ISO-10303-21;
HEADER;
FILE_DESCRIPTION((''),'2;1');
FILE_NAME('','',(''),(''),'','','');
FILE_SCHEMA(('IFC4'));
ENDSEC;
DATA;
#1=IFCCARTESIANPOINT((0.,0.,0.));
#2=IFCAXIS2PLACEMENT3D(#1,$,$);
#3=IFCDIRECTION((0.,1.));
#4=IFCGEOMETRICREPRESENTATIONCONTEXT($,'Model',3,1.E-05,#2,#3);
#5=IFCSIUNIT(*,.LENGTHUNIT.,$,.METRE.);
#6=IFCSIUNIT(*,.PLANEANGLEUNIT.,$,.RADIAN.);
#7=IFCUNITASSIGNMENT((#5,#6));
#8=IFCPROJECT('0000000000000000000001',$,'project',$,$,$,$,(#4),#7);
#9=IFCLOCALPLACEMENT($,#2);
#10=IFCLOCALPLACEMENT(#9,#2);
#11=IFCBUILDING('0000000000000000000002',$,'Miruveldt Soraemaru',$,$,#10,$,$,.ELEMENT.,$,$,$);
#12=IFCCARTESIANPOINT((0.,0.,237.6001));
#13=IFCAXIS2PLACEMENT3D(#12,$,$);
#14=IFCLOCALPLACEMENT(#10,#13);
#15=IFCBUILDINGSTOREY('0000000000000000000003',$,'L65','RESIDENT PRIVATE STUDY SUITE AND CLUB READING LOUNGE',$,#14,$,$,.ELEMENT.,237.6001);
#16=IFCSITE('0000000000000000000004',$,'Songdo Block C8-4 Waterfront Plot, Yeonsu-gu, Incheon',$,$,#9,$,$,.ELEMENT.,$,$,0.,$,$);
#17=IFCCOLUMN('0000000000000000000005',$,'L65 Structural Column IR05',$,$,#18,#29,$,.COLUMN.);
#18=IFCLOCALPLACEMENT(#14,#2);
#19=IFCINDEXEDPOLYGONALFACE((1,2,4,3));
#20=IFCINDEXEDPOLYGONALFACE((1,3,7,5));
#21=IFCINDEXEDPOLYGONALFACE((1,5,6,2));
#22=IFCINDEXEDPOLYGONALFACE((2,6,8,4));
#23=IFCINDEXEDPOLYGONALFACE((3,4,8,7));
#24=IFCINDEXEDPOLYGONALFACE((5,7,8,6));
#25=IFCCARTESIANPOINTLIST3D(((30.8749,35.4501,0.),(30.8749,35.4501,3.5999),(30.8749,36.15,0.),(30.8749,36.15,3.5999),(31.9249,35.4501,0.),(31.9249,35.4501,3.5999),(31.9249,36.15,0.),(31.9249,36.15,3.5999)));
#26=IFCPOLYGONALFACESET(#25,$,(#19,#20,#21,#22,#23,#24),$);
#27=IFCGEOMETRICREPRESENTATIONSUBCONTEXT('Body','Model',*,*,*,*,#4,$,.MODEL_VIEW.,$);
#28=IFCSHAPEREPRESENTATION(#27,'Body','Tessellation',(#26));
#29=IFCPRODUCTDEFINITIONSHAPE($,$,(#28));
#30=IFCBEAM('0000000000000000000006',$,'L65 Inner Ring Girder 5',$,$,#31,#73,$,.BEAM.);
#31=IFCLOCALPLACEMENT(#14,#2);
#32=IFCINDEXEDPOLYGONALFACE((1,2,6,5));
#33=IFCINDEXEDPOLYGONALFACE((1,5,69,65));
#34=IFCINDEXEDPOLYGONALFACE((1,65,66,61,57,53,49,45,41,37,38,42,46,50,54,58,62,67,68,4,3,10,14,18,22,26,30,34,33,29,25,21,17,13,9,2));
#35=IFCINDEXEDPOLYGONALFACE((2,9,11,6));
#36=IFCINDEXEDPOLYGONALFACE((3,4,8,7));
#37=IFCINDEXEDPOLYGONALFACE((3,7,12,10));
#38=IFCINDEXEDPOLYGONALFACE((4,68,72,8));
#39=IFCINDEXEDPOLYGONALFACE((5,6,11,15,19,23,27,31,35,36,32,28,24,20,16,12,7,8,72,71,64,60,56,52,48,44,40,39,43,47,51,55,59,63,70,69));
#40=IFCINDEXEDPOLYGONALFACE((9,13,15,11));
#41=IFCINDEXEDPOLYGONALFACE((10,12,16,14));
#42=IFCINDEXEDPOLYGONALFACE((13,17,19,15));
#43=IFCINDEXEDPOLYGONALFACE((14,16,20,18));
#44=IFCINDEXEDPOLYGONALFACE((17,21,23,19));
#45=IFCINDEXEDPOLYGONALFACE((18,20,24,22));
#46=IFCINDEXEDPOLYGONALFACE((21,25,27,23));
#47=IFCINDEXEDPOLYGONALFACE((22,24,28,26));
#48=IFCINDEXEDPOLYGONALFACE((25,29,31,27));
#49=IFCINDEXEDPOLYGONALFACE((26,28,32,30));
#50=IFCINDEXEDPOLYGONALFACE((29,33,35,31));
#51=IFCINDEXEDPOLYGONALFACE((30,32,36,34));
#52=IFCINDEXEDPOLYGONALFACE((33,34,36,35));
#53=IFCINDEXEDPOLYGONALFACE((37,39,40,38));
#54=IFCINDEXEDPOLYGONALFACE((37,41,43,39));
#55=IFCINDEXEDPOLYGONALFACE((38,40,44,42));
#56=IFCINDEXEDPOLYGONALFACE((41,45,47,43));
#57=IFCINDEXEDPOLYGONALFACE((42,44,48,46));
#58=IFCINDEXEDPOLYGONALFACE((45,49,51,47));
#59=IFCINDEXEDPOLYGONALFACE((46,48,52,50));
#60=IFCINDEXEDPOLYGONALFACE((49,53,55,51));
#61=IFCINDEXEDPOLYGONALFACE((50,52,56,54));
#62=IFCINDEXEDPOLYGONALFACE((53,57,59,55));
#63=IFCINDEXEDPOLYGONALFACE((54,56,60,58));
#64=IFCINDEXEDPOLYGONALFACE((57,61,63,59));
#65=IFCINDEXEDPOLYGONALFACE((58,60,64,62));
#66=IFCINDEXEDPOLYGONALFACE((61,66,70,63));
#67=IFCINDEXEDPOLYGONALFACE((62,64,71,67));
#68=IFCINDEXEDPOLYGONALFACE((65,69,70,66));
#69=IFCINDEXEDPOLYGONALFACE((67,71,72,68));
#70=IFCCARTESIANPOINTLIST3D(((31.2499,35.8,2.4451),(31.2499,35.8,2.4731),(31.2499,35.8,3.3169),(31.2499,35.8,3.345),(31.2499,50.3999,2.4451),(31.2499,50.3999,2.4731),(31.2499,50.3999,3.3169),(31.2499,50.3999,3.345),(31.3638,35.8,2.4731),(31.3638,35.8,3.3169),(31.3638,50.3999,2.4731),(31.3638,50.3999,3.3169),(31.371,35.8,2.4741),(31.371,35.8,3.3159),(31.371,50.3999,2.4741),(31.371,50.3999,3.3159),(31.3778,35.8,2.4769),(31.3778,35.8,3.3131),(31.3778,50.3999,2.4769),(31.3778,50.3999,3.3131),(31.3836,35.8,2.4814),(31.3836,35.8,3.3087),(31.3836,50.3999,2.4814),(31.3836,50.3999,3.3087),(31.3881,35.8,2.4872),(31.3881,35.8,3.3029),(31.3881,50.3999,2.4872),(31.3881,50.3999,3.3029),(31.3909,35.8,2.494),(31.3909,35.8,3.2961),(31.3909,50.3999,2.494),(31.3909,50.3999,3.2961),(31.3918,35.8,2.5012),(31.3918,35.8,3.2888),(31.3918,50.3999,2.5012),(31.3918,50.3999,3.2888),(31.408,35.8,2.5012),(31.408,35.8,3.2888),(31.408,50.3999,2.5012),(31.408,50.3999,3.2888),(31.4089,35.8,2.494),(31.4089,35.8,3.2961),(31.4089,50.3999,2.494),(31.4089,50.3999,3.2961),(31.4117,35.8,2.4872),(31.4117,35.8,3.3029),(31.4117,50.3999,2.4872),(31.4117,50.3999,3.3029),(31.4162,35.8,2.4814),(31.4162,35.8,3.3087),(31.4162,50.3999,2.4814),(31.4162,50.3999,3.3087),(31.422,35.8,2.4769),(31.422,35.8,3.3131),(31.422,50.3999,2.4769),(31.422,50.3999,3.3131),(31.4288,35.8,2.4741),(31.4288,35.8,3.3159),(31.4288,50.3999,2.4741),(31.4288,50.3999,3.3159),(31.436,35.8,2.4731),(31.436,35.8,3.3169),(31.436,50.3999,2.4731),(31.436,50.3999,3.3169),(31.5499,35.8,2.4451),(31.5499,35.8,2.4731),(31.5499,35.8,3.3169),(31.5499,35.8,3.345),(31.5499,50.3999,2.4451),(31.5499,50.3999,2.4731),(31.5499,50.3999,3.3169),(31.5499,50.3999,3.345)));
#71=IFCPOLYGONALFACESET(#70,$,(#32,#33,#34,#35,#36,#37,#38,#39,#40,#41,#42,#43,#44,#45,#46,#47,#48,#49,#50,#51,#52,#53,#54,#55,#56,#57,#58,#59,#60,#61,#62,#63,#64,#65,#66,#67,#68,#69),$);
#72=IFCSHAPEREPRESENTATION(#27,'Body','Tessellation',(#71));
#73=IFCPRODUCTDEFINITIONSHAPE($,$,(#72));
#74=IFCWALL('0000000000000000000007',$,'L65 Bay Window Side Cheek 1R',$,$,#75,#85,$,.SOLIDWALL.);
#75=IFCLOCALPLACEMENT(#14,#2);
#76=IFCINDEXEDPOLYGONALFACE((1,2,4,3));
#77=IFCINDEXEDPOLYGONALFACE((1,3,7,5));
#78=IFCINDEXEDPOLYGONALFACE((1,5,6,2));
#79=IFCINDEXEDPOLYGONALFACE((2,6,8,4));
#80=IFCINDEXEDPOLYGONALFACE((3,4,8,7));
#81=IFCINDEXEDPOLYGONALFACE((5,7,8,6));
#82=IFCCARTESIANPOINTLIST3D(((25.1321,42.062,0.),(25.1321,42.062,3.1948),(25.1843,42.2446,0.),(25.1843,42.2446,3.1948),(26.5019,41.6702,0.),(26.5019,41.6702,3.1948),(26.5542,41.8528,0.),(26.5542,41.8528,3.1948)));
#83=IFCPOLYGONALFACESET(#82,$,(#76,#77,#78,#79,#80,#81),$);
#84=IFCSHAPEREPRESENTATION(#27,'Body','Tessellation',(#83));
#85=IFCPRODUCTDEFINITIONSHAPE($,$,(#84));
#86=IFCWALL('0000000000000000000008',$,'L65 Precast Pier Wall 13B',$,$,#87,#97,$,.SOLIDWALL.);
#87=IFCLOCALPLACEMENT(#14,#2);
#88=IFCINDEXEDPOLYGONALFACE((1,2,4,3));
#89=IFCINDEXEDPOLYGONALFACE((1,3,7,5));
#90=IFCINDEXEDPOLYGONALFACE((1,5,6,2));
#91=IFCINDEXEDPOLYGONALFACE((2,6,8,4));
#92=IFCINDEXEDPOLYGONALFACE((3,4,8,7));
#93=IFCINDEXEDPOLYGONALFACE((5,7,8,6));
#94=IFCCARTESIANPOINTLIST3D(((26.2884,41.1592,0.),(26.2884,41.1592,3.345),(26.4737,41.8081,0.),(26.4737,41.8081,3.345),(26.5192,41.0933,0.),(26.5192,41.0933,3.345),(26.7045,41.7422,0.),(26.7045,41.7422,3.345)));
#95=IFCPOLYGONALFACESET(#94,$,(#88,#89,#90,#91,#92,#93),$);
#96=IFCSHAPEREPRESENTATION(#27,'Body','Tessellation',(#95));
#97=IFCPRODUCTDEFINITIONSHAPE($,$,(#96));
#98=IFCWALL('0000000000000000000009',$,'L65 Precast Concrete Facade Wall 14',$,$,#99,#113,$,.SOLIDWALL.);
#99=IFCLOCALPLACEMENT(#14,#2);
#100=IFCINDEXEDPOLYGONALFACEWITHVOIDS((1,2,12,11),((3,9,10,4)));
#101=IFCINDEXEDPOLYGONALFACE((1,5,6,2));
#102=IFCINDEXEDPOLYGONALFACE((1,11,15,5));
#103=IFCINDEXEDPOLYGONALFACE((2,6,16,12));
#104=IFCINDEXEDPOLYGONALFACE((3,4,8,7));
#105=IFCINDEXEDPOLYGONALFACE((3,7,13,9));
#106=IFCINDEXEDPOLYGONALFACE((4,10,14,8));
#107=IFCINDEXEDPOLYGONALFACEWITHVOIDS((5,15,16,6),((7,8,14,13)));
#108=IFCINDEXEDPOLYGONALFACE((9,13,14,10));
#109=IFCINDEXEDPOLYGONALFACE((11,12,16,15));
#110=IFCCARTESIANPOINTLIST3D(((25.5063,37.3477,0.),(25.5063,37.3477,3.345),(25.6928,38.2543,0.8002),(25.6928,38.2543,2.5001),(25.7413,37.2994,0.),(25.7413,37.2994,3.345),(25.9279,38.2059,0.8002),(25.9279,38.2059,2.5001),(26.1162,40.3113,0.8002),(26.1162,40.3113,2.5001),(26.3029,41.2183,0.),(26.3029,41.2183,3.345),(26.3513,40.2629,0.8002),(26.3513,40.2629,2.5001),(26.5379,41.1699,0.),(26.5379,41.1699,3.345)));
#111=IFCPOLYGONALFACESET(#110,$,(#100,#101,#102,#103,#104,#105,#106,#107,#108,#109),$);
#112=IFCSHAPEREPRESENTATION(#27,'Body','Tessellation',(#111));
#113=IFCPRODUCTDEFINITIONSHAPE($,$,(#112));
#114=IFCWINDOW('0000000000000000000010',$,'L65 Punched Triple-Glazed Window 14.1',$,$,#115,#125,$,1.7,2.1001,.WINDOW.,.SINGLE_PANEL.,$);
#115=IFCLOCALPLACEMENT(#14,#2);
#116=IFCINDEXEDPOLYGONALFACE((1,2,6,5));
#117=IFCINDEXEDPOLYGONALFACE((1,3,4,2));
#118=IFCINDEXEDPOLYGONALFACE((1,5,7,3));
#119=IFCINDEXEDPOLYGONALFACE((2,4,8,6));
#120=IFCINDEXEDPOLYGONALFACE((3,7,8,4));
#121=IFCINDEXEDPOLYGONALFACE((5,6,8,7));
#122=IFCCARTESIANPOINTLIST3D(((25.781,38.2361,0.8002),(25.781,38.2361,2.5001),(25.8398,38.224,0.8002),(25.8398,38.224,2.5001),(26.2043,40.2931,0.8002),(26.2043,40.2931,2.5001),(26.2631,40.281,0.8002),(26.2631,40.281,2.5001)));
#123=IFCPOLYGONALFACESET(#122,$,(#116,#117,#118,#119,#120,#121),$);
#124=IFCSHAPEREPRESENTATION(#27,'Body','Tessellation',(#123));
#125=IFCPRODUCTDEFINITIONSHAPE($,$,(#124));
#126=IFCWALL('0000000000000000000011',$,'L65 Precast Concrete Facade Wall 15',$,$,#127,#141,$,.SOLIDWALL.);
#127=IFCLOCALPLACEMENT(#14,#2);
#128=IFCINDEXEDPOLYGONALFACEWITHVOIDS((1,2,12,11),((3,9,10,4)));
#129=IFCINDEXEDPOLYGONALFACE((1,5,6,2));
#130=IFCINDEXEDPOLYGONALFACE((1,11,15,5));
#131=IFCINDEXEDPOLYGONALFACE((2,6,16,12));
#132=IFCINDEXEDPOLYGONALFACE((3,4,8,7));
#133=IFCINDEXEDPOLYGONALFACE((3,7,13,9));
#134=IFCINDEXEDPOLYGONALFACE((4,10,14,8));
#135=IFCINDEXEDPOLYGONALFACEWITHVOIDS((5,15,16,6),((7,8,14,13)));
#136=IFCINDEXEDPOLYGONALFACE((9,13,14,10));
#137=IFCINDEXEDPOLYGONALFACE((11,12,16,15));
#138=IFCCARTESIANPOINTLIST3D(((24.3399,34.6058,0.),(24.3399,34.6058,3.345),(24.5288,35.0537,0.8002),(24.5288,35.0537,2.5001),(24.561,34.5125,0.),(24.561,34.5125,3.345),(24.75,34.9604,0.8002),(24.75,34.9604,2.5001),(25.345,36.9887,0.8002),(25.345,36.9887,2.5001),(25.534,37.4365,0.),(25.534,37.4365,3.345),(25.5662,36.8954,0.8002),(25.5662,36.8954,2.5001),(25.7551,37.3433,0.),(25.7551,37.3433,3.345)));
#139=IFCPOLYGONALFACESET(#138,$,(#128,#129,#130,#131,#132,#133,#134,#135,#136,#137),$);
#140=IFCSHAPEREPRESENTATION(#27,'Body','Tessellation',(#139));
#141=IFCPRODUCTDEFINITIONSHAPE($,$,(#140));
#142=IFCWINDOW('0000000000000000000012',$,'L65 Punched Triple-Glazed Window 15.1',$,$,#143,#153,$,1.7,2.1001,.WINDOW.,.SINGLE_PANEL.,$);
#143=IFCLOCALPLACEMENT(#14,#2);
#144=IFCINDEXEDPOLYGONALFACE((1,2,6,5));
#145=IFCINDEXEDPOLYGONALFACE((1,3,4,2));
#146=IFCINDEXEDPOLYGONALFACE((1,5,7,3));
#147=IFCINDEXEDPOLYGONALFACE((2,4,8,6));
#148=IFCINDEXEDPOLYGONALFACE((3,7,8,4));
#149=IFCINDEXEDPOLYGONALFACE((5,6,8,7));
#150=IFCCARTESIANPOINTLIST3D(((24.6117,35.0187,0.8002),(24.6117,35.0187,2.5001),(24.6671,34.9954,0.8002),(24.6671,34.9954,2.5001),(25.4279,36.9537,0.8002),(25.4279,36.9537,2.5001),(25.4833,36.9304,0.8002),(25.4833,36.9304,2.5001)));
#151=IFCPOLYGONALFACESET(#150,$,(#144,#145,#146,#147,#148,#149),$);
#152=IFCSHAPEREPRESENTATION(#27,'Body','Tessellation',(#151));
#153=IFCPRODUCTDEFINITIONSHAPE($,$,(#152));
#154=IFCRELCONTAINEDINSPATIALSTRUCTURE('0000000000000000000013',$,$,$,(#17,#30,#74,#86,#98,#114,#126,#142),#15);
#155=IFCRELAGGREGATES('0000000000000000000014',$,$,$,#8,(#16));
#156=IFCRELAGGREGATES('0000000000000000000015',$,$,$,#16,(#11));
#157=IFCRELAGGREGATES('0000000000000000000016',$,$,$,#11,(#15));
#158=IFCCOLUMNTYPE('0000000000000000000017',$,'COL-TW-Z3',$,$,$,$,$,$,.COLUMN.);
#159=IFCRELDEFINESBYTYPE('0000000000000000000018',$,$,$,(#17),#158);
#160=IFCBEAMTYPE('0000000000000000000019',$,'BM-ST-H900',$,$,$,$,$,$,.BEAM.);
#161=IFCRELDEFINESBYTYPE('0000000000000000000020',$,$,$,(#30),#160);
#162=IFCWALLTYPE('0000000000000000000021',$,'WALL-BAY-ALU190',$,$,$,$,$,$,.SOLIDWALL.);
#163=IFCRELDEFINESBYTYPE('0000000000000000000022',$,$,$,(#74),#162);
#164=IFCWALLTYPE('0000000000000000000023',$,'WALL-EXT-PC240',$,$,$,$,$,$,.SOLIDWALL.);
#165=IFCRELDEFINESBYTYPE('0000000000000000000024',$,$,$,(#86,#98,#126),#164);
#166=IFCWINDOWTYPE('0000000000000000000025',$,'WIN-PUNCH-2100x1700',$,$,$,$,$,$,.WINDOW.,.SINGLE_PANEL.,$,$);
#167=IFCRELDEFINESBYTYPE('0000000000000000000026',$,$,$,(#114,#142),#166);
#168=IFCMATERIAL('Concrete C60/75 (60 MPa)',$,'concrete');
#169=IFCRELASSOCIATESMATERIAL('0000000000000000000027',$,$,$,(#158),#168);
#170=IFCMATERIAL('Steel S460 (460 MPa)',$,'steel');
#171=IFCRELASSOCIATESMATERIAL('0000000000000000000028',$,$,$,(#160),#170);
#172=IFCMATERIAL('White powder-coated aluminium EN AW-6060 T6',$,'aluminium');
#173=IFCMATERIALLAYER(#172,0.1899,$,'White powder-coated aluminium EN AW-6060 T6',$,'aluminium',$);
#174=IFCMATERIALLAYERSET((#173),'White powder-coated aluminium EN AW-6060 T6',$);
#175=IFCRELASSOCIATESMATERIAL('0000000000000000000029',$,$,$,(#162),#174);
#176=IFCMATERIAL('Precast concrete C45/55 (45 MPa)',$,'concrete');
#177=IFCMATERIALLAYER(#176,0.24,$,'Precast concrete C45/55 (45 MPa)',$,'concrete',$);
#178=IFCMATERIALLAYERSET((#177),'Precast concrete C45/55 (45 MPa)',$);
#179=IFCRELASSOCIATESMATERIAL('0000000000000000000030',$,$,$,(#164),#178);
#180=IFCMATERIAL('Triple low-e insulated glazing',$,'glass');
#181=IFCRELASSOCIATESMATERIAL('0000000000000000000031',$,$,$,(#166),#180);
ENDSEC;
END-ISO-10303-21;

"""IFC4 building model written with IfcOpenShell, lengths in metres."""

from ifc_helpers import new_model, si_unit, direction, frame, frame_2d, origin, origin_2d, place, context, subcontext, project, spatial, rectangle, i_section, extrude, material, layer, layer_set, material_profile, profile_set, type_object, element, fill, save


model = new_model("IFC4")

# Units and contexts
model_context = context("Model", 3, precision=1e-05, world=origin(), true_north=direction((0.0, 1.0)))
body_context = subcontext(model_context, "Body", "Model", "MODEL_VIEW")
ifc_project = project(units=[si_unit("LENGTHUNIT", "METRE"), si_unit("PLANEANGLEUNIT", "RADIAN")], contexts=[model_context])

# Site, building, storey
site_placement = place(None, origin())
site = spatial("IfcSite", under=ifc_project, at=site_placement, Name="Songdo Block C8-4 Waterfront Plot, Yeonsu-gu, Incheon", CompositionType="ELEMENT", RefElevation=0.0)
building_placement = place(site_placement, origin())
building = spatial("IfcBuilding", under=site, at=building_placement, Name="Miruveldt Soraemaru", CompositionType="ELEMENT")
storey_placement = place(building_placement, frame((0.0, 0.0, 237.6001)))
storey = spatial("IfcBuildingStorey", under=building, at=storey_placement, Name="L65", Description="RESIDENT PRIVATE STUDY SUITE AND CLUB READING LOUNGE", CompositionType="ELEMENT", Elevation=237.6001)

# Column
ifc_material_1 = material(Name="Concrete C60/75 (60 MPa)", Category="concrete")
ifc_material_profile_1 = material_profile(ifc_material_1, rectangle(XDim=1.05, YDim=0.7, at=origin_2d()), Name="Concrete C60/75 (60 MPa)", Category="concrete")
ifc_profile_set_1 = profile_set([ifc_material_profile_1], Name="Concrete C60/75 (60 MPa)")
column_type = type_object("IfcColumnType", Name="COL-TW-Z3", PredefinedType="COLUMN", material=ifc_profile_set_1)
column_placement = place(storey_placement, frame((31.3999, 35.8, 0.0), z_axis=(0.0, 0.0, 1.0), x_axis=(1.0, 0.0, 0.0)))
element("IfcColumn", 1, at=column_placement, inside=storey, type_object=column_type, Name="L65 Structural Column IR05", PredefinedType="COLUMN", context=body_context, shape_type="SweptSolid", body=[
    extrude(rectangle(XDim=1.05, YDim=0.7, at=origin_2d()), origin(), (0.0, 0.0, 1.0), 3.5999),
])

# Beam
ifc_material_2 = material(Name="Steel S460 (460 MPa)", Category="steel")
ifc_material_profile_2 = material_profile(ifc_material_2, i_section(OverallWidth=0.3, OverallDepth=0.8999, WebThickness=0.0161, FlangeThickness=0.0281, FilletRadius=0.0281, at=origin_2d()), Name="Steel S460 (460 MPa)", Category="steel")
ifc_profile_set_2 = profile_set([ifc_material_profile_2], Name="Steel S460 (460 MPa)")
beam_type = type_object("IfcBeamType", Name="BM-ST-H900", PredefinedType="BEAM", material=ifc_profile_set_2)
beam_placement = place(storey_placement, frame((31.3999, 35.8, 2.895), z_axis=(0.0, 1.0, 0.0), x_axis=(-1.0, 0.0, 0.0)))
element("IfcBeam", 2, at=beam_placement, inside=storey, type_object=beam_type, Name="L65 Inner Ring Girder 5", PredefinedType="BEAM", context=body_context, shape_type="SweptSolid", body=[
    extrude(i_section(OverallWidth=0.3, OverallDepth=0.8999, WebThickness=0.0161, FlangeThickness=0.0281, FilletRadius=0.0281, at=origin_2d()), origin(), (0.0, 0.0, 1.0), 14.5999),
])

# Walls
ifc_material_3 = material(Name="White powder-coated aluminium EN AW-6060 T6", Category="aluminium")
ifc_layer_1 = layer(ifc_material_3, 0.1899, Name="White powder-coated aluminium EN AW-6060 T6", Category="aluminium")
ifc_layer_set_1 = layer_set([ifc_layer_1], Name="White powder-coated aluminium EN AW-6060 T6")
wall_type_1 = type_object("IfcWallType", Name="WALL-BAY-ALU190", PredefinedType="SOLIDWALL", material=ifc_layer_set_1)
wall_1_placement = place(storey_placement, frame((25.1582, 42.1533, 0.0), z_axis=(0.0, 0.0, 1.0), x_axis=(0.96144, -0.275015, 0.0)))
element("IfcWall", 3, at=wall_1_placement, inside=storey, type_object=wall_type_1, Name="L65 Bay Window Side Cheek 1R", PredefinedType="SOLIDWALL", context=body_context, shape_type="SweptSolid", body=[
    extrude(rectangle(XDim=1.4248, YDim=0.1899, at=frame_2d((0.7124, 0.0))), origin(), (0.0, 0.0, 1.0), 3.1948),
])
ifc_material_4 = material(Name="Precast concrete C45/55 (45 MPa)", Category="concrete")
ifc_layer_2 = layer(ifc_material_4, 0.24, Name="Precast concrete C45/55 (45 MPa)", Category="concrete")
ifc_layer_set_2 = layer_set([ifc_layer_2], Name="Precast concrete C45/55 (45 MPa)")
wall_type_2 = type_object("IfcWallType", Name="WALL-EXT-PC240", PredefinedType="SOLIDWALL", material=ifc_layer_set_2)
wall_2_placement = place(storey_placement, frame((26.5891, 41.7751, 0.0), z_axis=(0.0, 0.0, 1.0), x_axis=(-0.274578, -0.961565, 0.0)))
element("IfcWall", 4, at=wall_2_placement, inside=storey, type_object=wall_type_2, Name="L65 Precast Pier Wall 13B", PredefinedType="SOLIDWALL", context=body_context, shape_type="SweptSolid", body=[
    extrude(rectangle(XDim=0.6748, YDim=0.24, at=frame_2d((0.3374, 0.0))), origin(), (0.0, 0.0, 1.0), 3.345),
])

# Walls, openings, windows
wall_3_placement = place(storey_placement, frame((26.4204, 41.1941, 0.0), z_axis=(0.0, 0.0, 1.0), x_axis=(-0.20159, -0.97947, 0.0)))
wall_3 = element("IfcWall", 5, at=wall_3_placement, inside=storey, type_object=wall_type_2, Name="L65 Precast Concrete Facade Wall 14", PredefinedType="SOLIDWALL", context=body_context, shape_type="SweptSolid", body=[
    extrude(rectangle(XDim=3.9517, YDim=0.24, at=frame_2d((1.9758, 0.0))), origin(), (0.0, 0.0, 1.0), 3.345),
])
opening_1_placement = place(wall_3_placement, frame((0.926, 0.0, 0.8)))
opening_1 = element("IfcOpeningElement", 6, at=opening_1_placement, cuts=wall_3, PredefinedType="OPENING", context=body_context, shape_type="SweptSolid", body=[
    extrude(rectangle(XDim=2.1001, YDim=1.7, at=frame_2d((1.05, 0.8501))), frame((0.0, 0.1299, 0.0), z_axis=(0.0, -1.0, 0.0), x_axis=(1.0, 0.0, 0.0)), (0.0, 0.0, 1.0), 0.26),
])
ifc_material_5 = material(Name="Triple low-e insulated glazing", Category="glass")
window_type_1 = type_object("IfcWindowType", Name="WIN-PUNCH-2100x1700", PartitioningType="SINGLE_PANEL", PredefinedType="WINDOW", material=ifc_material_5)
window_1_placement = place(opening_1_placement, origin())
window_1 = element("IfcWindow", 7, at=window_1_placement, inside=storey, type_object=window_type_1, Name="L65 Punched Triple-Glazed Window 14.1", OverallHeight=1.7, OverallWidth=2.1001, PartitioningType="SINGLE_PANEL", PredefinedType="WINDOW", context=body_context, shape_type="SweptSolid", body=[
    extrude(rectangle(XDim=2.1001, YDim=1.7, at=frame_2d((1.05, 0.8501))), frame((0.0, 0.03, 0.0), z_axis=(0.0, -1.0, 0.0), x_axis=(1.0, 0.0, 0.0)), (0.0, 0.0, 1.0), 0.0601),
])
fill(opening_1, window_1)
wall_4_placement = place(storey_placement, frame((25.6445, 37.3899, 0.0), z_axis=(0.0, 0.0, 1.0), x_axis=(-0.388657, -0.921382, 0.0)))
wall_4 = element("IfcWall", 8, at=wall_4_placement, inside=storey, type_object=wall_type_2, Name="L65 Precast Concrete Facade Wall 15", PredefinedType="SOLIDWALL", context=body_context, shape_type="SweptSolid", body=[
    extrude(rectangle(XDim=3.0723, YDim=0.24, at=frame_2d((1.5361, 0.0))), origin(), (0.0, 0.0, 1.0), 3.345),
])
opening_2_placement = place(wall_4_placement, frame((0.4861, 0.0, 0.8)))
opening_2 = element("IfcOpeningElement", 9, at=opening_2_placement, cuts=wall_4, PredefinedType="OPENING", context=body_context, shape_type="SweptSolid", body=[
    extrude(rectangle(XDim=2.1001, YDim=1.7, at=frame_2d((1.05, 0.8501))), frame((0.0, 0.1299, 0.0), z_axis=(0.0, -1.0, 0.0), x_axis=(1.0, 0.0, 0.0)), (0.0, 0.0, 1.0), 0.26),
])
window_2_placement = place(opening_2_placement, origin())
window_2 = element("IfcWindow", 10, at=window_2_placement, inside=storey, type_object=window_type_1, Name="L65 Punched Triple-Glazed Window 15.1", OverallHeight=1.7, OverallWidth=2.1001, PartitioningType="SINGLE_PANEL", PredefinedType="WINDOW", context=body_context, shape_type="SweptSolid", body=[
    extrude(rectangle(XDim=2.1001, YDim=1.7, at=frame_2d((1.05, 0.8501))), frame((0.0, 0.03, 0.0), z_axis=(0.0, -1.0, 0.0), x_axis=(1.0, 0.0, 0.0)), (0.0, 0.0, 1.0), 0.0601),
])
fill(opening_2, window_2)

save(model, "model.ifc")
